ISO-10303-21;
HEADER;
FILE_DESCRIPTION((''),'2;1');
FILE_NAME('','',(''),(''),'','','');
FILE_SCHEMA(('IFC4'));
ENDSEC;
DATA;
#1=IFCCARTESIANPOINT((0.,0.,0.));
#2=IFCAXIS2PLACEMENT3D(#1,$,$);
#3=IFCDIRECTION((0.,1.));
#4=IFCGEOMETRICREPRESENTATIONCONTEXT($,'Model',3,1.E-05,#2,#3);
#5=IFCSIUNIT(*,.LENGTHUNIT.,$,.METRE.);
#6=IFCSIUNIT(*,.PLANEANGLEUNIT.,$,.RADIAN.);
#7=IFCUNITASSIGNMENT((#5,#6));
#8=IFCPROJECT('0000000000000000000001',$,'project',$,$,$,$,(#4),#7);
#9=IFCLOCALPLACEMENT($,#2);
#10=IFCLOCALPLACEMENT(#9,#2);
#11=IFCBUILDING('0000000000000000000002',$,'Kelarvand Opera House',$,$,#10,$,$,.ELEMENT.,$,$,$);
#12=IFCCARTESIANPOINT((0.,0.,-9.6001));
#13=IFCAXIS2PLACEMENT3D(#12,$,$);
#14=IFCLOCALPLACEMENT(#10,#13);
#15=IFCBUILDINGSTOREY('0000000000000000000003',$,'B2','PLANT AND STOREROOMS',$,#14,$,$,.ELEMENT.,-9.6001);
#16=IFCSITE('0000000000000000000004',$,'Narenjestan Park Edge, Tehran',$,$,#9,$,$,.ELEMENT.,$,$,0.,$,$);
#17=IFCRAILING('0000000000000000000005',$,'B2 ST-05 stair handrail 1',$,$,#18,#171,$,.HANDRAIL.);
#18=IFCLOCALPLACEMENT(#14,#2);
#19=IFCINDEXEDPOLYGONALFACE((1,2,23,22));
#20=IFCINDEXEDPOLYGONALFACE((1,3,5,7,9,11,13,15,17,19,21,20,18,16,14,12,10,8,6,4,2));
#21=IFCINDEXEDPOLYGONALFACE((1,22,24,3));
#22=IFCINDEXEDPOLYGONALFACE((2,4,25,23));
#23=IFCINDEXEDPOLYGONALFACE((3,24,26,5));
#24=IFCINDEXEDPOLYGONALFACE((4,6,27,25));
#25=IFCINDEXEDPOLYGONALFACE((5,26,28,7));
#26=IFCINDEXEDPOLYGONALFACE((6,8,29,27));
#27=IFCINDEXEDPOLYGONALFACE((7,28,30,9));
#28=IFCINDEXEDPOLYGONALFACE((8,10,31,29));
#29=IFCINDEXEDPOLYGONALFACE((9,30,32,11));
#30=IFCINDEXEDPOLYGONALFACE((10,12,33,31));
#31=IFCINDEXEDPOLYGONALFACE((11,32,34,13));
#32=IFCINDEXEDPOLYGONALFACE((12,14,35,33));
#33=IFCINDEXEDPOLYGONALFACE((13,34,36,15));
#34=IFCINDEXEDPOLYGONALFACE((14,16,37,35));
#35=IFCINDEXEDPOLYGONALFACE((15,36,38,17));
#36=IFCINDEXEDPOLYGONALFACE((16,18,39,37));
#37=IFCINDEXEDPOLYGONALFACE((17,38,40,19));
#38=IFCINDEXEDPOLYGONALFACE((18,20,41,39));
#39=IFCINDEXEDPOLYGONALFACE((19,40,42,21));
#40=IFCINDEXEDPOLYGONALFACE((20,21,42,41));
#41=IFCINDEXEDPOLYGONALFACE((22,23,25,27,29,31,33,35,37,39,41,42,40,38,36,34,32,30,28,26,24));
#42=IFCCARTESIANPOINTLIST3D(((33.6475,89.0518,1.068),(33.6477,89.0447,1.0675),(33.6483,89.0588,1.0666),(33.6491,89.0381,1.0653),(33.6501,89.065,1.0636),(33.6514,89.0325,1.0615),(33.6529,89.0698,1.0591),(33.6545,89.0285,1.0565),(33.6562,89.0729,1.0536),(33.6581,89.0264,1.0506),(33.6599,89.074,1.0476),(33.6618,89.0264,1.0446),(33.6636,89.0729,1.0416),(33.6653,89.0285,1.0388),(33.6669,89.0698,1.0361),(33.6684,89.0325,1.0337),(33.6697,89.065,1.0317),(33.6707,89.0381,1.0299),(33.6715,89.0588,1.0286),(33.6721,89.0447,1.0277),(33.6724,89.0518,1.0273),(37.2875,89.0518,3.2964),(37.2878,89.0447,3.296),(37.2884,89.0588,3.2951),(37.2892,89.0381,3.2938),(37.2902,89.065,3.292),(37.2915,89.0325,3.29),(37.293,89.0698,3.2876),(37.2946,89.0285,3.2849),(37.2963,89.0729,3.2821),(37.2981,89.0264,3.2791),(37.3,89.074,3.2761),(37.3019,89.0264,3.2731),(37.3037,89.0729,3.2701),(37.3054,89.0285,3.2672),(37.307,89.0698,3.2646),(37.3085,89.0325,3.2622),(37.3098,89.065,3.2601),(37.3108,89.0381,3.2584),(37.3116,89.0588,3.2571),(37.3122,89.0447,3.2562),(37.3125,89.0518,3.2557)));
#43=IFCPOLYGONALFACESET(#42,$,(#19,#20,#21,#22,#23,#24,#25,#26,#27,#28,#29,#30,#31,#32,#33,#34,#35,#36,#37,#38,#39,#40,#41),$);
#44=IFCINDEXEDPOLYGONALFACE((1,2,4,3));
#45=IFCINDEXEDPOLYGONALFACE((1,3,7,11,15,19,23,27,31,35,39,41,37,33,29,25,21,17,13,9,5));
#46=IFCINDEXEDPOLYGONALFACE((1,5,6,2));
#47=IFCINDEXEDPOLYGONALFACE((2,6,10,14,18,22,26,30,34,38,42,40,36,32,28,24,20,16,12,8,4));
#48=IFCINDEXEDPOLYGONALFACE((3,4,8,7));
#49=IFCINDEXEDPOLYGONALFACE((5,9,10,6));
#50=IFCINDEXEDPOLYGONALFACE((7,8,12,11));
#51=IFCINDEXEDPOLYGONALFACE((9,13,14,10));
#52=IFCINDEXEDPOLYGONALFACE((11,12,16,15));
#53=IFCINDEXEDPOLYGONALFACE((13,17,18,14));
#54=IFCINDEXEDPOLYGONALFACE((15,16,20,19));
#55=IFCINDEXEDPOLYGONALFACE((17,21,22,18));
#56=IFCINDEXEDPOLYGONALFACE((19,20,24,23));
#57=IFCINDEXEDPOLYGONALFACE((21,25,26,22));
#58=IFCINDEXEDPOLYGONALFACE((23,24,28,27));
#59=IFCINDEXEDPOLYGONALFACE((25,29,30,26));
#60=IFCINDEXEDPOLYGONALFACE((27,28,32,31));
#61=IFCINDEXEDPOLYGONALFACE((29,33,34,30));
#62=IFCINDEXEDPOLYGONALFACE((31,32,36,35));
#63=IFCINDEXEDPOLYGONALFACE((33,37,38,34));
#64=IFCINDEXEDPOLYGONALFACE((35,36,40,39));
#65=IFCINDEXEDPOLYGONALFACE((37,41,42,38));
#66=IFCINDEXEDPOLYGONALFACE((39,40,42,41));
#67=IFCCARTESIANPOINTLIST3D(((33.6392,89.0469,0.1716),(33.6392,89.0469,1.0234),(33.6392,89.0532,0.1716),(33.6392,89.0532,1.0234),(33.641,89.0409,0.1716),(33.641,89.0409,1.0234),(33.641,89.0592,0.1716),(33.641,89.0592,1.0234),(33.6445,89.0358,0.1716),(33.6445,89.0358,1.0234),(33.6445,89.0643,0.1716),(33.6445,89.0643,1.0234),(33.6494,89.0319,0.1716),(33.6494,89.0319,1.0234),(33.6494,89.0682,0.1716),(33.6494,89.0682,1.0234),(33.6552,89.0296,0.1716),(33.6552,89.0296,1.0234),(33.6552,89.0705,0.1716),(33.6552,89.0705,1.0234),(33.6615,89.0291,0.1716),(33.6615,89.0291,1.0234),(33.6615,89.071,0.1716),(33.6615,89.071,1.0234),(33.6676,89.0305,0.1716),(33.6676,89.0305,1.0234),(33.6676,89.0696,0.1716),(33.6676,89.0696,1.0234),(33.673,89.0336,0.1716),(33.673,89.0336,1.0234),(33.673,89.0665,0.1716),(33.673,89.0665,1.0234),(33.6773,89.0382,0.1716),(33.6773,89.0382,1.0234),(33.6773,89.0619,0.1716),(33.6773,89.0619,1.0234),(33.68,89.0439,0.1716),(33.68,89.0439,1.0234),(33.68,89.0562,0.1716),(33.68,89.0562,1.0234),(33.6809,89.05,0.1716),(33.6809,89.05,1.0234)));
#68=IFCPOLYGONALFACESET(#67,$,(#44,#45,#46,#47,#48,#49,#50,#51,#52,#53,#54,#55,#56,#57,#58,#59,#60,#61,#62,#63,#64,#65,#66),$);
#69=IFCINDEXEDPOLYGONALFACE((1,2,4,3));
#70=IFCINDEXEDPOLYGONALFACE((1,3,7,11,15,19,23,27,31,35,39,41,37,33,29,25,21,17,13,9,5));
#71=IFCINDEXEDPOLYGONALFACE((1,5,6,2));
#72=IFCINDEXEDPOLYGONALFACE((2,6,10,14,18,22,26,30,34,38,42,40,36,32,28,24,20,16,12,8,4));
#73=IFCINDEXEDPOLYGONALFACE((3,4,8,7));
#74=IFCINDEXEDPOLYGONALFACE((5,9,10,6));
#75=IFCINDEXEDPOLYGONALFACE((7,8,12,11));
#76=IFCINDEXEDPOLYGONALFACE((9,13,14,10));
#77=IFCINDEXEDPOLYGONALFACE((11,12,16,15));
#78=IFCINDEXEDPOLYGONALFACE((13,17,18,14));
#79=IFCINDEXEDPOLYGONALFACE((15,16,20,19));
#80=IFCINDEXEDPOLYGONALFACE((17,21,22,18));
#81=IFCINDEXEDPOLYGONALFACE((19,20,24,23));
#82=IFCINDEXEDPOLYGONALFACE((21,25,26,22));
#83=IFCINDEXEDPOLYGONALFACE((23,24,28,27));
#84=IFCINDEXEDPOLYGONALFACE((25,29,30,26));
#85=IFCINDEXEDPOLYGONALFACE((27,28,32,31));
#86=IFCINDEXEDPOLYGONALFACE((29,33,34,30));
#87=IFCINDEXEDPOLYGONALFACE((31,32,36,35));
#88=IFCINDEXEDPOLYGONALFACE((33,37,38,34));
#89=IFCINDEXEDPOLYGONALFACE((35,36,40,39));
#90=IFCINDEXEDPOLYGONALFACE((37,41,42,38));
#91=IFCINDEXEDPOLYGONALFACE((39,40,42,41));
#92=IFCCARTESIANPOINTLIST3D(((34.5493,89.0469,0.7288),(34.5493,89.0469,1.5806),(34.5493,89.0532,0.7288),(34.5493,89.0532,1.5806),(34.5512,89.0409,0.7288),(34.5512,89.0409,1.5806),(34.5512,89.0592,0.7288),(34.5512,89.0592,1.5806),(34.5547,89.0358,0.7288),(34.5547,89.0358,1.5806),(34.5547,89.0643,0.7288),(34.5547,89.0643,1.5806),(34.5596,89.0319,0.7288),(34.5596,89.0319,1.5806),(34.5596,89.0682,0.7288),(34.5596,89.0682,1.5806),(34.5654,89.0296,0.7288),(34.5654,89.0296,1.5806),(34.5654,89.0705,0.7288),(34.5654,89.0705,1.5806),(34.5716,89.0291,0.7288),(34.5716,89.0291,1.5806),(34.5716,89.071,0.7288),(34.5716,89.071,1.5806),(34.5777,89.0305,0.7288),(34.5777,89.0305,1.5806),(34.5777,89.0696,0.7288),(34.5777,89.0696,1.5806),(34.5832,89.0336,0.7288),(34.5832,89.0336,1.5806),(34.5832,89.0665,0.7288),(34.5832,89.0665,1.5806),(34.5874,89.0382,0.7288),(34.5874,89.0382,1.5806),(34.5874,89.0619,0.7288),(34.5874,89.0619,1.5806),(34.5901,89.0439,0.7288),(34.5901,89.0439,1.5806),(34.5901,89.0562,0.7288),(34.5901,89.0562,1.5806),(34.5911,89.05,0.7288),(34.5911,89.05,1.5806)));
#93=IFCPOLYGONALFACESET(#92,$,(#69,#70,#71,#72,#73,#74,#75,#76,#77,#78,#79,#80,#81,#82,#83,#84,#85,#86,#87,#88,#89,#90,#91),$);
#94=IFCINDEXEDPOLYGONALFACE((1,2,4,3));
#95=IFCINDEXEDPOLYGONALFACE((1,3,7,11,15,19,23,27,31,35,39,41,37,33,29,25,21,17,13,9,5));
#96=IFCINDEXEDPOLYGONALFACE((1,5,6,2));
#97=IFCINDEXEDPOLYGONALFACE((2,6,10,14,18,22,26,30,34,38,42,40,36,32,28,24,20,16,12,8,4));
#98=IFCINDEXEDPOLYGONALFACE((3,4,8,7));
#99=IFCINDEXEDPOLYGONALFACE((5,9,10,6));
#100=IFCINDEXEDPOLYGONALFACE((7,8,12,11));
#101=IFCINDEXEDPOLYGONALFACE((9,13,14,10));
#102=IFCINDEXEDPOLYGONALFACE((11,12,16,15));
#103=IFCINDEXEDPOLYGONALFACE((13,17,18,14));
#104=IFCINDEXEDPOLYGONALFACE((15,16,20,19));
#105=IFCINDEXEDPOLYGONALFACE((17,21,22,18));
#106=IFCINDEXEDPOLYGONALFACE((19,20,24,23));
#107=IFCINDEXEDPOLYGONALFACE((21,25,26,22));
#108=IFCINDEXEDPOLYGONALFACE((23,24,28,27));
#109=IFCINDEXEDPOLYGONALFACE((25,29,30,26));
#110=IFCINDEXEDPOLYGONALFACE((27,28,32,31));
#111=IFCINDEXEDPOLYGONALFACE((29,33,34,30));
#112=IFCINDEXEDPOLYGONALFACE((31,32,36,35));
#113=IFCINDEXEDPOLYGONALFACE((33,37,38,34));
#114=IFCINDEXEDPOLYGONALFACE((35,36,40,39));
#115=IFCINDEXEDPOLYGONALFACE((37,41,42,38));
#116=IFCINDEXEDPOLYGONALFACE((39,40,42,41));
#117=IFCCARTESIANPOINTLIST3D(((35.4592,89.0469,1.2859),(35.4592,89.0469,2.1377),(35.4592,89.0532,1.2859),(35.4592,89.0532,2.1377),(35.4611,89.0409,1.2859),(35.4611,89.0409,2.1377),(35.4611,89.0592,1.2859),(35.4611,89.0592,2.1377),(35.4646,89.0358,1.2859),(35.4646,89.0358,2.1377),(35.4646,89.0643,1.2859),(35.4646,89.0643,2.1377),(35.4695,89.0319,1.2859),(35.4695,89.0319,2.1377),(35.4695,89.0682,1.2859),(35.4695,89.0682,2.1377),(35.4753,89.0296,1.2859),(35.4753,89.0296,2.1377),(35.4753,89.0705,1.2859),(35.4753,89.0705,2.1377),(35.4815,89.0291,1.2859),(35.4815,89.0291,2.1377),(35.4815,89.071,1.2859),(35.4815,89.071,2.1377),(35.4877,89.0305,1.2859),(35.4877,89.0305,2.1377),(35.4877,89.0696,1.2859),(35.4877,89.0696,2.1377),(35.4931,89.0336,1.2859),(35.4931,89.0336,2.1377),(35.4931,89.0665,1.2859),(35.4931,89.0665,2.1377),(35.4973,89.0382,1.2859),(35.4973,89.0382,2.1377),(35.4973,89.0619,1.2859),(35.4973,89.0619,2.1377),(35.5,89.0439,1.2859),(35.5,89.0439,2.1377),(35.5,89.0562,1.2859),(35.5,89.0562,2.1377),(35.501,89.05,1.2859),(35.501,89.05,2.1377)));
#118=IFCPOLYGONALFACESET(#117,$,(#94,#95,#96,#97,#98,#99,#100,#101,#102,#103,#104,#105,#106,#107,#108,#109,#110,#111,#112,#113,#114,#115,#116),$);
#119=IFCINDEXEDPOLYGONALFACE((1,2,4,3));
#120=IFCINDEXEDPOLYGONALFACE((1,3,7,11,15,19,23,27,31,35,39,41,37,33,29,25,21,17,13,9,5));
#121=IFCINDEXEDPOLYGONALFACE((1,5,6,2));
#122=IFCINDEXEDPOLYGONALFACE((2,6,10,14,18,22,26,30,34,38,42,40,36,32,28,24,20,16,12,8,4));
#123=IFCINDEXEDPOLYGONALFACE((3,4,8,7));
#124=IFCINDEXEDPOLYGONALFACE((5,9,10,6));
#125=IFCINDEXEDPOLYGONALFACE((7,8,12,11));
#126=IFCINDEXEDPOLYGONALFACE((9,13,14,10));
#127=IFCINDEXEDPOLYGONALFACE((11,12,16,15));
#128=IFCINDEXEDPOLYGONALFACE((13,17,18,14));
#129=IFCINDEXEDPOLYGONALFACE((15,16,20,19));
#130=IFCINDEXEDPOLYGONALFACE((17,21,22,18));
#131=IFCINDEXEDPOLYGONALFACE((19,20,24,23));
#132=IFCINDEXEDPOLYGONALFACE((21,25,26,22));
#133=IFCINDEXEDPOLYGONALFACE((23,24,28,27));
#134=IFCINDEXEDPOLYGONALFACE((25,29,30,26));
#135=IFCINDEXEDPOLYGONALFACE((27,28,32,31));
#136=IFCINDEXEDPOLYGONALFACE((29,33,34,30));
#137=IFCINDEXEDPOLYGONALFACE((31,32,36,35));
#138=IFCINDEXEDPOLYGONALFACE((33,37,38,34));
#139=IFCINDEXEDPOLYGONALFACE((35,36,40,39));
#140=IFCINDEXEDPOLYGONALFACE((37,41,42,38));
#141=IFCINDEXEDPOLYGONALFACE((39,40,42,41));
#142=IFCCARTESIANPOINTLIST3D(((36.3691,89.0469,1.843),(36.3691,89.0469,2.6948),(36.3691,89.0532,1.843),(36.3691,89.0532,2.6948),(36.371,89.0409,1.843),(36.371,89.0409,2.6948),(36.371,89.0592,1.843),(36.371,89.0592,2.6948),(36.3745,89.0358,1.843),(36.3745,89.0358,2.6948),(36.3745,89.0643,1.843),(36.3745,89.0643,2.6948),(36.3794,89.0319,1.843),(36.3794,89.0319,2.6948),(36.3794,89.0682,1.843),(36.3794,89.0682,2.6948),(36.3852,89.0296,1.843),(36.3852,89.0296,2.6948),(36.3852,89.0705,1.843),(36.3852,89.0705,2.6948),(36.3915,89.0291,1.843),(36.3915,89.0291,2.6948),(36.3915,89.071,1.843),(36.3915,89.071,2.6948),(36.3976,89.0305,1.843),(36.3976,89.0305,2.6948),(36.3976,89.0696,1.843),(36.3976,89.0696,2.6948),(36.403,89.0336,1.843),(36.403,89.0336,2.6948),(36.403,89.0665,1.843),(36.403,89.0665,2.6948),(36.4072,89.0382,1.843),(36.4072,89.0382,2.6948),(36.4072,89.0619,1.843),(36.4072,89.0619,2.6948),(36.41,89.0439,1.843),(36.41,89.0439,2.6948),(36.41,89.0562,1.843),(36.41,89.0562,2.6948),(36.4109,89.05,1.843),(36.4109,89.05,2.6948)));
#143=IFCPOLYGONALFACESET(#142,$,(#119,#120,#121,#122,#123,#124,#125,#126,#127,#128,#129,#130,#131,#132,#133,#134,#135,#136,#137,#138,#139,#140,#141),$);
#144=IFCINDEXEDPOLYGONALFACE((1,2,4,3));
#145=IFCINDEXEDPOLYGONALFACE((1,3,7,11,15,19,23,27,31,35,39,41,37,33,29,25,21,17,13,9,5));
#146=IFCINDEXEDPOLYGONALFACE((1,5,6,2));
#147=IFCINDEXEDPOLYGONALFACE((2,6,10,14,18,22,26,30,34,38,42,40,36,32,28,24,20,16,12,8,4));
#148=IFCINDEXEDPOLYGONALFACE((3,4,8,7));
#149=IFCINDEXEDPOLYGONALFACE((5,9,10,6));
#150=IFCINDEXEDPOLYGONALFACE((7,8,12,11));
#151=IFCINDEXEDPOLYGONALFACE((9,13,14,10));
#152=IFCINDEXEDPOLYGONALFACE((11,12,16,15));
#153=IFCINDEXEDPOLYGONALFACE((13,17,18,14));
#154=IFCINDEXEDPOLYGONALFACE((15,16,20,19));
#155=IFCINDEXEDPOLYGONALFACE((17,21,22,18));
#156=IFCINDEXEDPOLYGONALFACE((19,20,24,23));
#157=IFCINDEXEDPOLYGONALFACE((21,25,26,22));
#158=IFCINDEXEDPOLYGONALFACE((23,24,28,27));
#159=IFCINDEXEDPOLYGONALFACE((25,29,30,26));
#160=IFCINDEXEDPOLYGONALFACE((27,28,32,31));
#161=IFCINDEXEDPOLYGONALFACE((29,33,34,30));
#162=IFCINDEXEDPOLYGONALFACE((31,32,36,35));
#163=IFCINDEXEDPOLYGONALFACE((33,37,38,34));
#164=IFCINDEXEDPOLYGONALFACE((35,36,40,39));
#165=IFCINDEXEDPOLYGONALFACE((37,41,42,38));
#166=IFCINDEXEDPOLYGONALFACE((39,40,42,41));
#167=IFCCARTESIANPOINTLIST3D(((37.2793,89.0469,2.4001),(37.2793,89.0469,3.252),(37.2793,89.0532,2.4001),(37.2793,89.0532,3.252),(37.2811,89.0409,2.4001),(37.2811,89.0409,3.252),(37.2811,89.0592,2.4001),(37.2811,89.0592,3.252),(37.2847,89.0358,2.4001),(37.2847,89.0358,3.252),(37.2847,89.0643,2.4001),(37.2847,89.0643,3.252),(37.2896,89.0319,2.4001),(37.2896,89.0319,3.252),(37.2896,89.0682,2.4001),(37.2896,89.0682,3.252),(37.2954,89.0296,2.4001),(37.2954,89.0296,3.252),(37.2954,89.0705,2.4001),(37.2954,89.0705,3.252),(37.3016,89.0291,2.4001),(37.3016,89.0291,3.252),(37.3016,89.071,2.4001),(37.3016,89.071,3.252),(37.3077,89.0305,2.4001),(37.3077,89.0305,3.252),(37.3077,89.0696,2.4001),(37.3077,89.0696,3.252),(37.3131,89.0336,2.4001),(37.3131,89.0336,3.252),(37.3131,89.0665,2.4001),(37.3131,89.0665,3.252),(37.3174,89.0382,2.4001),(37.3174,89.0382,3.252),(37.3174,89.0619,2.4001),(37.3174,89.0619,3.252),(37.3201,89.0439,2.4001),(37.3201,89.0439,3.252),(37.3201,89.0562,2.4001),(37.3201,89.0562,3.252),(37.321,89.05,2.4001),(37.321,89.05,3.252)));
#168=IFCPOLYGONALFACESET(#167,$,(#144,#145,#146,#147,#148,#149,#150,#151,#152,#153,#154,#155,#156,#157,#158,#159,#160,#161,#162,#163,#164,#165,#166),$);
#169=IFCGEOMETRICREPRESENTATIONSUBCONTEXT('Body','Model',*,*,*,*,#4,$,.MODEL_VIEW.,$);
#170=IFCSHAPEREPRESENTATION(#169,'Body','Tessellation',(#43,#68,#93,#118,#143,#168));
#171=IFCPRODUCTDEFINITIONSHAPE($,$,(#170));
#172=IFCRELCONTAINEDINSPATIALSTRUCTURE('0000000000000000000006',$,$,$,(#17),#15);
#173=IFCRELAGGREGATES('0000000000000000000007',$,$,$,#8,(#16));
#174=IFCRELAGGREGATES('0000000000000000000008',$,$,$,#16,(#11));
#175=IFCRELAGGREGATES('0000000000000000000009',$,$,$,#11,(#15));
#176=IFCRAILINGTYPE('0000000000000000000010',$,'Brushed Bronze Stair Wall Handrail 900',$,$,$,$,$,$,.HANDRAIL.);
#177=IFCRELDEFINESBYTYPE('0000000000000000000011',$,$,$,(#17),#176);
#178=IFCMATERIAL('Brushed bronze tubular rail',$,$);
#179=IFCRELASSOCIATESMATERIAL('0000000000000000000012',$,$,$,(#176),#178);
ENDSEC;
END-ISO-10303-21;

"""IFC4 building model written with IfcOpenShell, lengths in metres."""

from ifc_helpers import new_model, si_unit, direction, frame, origin, origin_2d, place, context, subcontext, project, spatial, circle, extrude, material, type_object, element, save


model = new_model("IFC4")

# Units and contexts
model_context = context("Model", 3, precision=1e-05, world=origin(), true_north=direction((0.0, 1.0)))
body_context = subcontext(model_context, "Body", "Model", "MODEL_VIEW")
ifc_project = project(units=[si_unit("LENGTHUNIT", "METRE"), si_unit("PLANEANGLEUNIT", "RADIAN")], contexts=[model_context])

# Site, building, storey
site_placement = place(None, origin())
site = spatial("IfcSite", under=ifc_project, at=site_placement, Name="Narenjestan Park Edge, Tehran", CompositionType="ELEMENT", RefElevation=0.0)
building_placement = place(site_placement, origin())
building = spatial("IfcBuilding", under=site, at=building_placement, Name="Kelarvand Opera House", CompositionType="ELEMENT")
storey_placement = place(building_placement, frame((0.0, 0.0, -9.6001)))
storey = spatial("IfcBuildingStorey", under=building, at=storey_placement, Name="B2", Description="PLANT AND STOREROOMS", CompositionType="ELEMENT", Elevation=-9.6001)

# Railing
ifc_material_1 = material(Name="Brushed bronze tubular rail")
railing_type = type_object("IfcRailingType", Name="Brushed Bronze Stair Wall Handrail 900", PredefinedType="HANDRAIL", material=ifc_material_1)
railing_placement = place(storey_placement, frame((33.6599, 89.05, 0.1716)))
element("IfcRailing", 1, at=railing_placement, inside=storey, type_object=railing_type, Name="B2 ST-05 stair handrail 1", PredefinedType="HANDRAIL", context=body_context, shape_type="SweptSolid", body=[
    extrude(circle(Radius=0.0239, at=origin_2d()), frame((0.0, 0.0, 0.876), z_axis=(0.852866, 0.0, 0.52213), x_axis=(0.0, 1.0, 0.0)), (0.0, 0.0, 1.0), 4.2681),
    extrude(circle(Radius=0.021, at=origin_2d()), origin(), (0.0, 0.0, 1.0), 0.8518),
    extrude(circle(Radius=0.021, at=origin_2d()), frame((0.9102, 0.0, 0.5571)), (0.0, 0.0, 1.0), 0.8518),
    extrude(circle(Radius=0.021, at=origin_2d()), frame((1.8201, 0.0, 1.1143)), (0.0, 0.0, 1.0), 0.8518),
    extrude(circle(Radius=0.021, at=origin_2d()), frame((2.73, 0.0, 1.6714)), (0.0, 0.0, 1.0), 0.8518),
    extrude(circle(Radius=0.021, at=origin_2d()), frame((3.6401, 0.0, 2.2285)), (0.0, 0.0, 1.0), 0.8518),
])

save(model, "model.ifc")
